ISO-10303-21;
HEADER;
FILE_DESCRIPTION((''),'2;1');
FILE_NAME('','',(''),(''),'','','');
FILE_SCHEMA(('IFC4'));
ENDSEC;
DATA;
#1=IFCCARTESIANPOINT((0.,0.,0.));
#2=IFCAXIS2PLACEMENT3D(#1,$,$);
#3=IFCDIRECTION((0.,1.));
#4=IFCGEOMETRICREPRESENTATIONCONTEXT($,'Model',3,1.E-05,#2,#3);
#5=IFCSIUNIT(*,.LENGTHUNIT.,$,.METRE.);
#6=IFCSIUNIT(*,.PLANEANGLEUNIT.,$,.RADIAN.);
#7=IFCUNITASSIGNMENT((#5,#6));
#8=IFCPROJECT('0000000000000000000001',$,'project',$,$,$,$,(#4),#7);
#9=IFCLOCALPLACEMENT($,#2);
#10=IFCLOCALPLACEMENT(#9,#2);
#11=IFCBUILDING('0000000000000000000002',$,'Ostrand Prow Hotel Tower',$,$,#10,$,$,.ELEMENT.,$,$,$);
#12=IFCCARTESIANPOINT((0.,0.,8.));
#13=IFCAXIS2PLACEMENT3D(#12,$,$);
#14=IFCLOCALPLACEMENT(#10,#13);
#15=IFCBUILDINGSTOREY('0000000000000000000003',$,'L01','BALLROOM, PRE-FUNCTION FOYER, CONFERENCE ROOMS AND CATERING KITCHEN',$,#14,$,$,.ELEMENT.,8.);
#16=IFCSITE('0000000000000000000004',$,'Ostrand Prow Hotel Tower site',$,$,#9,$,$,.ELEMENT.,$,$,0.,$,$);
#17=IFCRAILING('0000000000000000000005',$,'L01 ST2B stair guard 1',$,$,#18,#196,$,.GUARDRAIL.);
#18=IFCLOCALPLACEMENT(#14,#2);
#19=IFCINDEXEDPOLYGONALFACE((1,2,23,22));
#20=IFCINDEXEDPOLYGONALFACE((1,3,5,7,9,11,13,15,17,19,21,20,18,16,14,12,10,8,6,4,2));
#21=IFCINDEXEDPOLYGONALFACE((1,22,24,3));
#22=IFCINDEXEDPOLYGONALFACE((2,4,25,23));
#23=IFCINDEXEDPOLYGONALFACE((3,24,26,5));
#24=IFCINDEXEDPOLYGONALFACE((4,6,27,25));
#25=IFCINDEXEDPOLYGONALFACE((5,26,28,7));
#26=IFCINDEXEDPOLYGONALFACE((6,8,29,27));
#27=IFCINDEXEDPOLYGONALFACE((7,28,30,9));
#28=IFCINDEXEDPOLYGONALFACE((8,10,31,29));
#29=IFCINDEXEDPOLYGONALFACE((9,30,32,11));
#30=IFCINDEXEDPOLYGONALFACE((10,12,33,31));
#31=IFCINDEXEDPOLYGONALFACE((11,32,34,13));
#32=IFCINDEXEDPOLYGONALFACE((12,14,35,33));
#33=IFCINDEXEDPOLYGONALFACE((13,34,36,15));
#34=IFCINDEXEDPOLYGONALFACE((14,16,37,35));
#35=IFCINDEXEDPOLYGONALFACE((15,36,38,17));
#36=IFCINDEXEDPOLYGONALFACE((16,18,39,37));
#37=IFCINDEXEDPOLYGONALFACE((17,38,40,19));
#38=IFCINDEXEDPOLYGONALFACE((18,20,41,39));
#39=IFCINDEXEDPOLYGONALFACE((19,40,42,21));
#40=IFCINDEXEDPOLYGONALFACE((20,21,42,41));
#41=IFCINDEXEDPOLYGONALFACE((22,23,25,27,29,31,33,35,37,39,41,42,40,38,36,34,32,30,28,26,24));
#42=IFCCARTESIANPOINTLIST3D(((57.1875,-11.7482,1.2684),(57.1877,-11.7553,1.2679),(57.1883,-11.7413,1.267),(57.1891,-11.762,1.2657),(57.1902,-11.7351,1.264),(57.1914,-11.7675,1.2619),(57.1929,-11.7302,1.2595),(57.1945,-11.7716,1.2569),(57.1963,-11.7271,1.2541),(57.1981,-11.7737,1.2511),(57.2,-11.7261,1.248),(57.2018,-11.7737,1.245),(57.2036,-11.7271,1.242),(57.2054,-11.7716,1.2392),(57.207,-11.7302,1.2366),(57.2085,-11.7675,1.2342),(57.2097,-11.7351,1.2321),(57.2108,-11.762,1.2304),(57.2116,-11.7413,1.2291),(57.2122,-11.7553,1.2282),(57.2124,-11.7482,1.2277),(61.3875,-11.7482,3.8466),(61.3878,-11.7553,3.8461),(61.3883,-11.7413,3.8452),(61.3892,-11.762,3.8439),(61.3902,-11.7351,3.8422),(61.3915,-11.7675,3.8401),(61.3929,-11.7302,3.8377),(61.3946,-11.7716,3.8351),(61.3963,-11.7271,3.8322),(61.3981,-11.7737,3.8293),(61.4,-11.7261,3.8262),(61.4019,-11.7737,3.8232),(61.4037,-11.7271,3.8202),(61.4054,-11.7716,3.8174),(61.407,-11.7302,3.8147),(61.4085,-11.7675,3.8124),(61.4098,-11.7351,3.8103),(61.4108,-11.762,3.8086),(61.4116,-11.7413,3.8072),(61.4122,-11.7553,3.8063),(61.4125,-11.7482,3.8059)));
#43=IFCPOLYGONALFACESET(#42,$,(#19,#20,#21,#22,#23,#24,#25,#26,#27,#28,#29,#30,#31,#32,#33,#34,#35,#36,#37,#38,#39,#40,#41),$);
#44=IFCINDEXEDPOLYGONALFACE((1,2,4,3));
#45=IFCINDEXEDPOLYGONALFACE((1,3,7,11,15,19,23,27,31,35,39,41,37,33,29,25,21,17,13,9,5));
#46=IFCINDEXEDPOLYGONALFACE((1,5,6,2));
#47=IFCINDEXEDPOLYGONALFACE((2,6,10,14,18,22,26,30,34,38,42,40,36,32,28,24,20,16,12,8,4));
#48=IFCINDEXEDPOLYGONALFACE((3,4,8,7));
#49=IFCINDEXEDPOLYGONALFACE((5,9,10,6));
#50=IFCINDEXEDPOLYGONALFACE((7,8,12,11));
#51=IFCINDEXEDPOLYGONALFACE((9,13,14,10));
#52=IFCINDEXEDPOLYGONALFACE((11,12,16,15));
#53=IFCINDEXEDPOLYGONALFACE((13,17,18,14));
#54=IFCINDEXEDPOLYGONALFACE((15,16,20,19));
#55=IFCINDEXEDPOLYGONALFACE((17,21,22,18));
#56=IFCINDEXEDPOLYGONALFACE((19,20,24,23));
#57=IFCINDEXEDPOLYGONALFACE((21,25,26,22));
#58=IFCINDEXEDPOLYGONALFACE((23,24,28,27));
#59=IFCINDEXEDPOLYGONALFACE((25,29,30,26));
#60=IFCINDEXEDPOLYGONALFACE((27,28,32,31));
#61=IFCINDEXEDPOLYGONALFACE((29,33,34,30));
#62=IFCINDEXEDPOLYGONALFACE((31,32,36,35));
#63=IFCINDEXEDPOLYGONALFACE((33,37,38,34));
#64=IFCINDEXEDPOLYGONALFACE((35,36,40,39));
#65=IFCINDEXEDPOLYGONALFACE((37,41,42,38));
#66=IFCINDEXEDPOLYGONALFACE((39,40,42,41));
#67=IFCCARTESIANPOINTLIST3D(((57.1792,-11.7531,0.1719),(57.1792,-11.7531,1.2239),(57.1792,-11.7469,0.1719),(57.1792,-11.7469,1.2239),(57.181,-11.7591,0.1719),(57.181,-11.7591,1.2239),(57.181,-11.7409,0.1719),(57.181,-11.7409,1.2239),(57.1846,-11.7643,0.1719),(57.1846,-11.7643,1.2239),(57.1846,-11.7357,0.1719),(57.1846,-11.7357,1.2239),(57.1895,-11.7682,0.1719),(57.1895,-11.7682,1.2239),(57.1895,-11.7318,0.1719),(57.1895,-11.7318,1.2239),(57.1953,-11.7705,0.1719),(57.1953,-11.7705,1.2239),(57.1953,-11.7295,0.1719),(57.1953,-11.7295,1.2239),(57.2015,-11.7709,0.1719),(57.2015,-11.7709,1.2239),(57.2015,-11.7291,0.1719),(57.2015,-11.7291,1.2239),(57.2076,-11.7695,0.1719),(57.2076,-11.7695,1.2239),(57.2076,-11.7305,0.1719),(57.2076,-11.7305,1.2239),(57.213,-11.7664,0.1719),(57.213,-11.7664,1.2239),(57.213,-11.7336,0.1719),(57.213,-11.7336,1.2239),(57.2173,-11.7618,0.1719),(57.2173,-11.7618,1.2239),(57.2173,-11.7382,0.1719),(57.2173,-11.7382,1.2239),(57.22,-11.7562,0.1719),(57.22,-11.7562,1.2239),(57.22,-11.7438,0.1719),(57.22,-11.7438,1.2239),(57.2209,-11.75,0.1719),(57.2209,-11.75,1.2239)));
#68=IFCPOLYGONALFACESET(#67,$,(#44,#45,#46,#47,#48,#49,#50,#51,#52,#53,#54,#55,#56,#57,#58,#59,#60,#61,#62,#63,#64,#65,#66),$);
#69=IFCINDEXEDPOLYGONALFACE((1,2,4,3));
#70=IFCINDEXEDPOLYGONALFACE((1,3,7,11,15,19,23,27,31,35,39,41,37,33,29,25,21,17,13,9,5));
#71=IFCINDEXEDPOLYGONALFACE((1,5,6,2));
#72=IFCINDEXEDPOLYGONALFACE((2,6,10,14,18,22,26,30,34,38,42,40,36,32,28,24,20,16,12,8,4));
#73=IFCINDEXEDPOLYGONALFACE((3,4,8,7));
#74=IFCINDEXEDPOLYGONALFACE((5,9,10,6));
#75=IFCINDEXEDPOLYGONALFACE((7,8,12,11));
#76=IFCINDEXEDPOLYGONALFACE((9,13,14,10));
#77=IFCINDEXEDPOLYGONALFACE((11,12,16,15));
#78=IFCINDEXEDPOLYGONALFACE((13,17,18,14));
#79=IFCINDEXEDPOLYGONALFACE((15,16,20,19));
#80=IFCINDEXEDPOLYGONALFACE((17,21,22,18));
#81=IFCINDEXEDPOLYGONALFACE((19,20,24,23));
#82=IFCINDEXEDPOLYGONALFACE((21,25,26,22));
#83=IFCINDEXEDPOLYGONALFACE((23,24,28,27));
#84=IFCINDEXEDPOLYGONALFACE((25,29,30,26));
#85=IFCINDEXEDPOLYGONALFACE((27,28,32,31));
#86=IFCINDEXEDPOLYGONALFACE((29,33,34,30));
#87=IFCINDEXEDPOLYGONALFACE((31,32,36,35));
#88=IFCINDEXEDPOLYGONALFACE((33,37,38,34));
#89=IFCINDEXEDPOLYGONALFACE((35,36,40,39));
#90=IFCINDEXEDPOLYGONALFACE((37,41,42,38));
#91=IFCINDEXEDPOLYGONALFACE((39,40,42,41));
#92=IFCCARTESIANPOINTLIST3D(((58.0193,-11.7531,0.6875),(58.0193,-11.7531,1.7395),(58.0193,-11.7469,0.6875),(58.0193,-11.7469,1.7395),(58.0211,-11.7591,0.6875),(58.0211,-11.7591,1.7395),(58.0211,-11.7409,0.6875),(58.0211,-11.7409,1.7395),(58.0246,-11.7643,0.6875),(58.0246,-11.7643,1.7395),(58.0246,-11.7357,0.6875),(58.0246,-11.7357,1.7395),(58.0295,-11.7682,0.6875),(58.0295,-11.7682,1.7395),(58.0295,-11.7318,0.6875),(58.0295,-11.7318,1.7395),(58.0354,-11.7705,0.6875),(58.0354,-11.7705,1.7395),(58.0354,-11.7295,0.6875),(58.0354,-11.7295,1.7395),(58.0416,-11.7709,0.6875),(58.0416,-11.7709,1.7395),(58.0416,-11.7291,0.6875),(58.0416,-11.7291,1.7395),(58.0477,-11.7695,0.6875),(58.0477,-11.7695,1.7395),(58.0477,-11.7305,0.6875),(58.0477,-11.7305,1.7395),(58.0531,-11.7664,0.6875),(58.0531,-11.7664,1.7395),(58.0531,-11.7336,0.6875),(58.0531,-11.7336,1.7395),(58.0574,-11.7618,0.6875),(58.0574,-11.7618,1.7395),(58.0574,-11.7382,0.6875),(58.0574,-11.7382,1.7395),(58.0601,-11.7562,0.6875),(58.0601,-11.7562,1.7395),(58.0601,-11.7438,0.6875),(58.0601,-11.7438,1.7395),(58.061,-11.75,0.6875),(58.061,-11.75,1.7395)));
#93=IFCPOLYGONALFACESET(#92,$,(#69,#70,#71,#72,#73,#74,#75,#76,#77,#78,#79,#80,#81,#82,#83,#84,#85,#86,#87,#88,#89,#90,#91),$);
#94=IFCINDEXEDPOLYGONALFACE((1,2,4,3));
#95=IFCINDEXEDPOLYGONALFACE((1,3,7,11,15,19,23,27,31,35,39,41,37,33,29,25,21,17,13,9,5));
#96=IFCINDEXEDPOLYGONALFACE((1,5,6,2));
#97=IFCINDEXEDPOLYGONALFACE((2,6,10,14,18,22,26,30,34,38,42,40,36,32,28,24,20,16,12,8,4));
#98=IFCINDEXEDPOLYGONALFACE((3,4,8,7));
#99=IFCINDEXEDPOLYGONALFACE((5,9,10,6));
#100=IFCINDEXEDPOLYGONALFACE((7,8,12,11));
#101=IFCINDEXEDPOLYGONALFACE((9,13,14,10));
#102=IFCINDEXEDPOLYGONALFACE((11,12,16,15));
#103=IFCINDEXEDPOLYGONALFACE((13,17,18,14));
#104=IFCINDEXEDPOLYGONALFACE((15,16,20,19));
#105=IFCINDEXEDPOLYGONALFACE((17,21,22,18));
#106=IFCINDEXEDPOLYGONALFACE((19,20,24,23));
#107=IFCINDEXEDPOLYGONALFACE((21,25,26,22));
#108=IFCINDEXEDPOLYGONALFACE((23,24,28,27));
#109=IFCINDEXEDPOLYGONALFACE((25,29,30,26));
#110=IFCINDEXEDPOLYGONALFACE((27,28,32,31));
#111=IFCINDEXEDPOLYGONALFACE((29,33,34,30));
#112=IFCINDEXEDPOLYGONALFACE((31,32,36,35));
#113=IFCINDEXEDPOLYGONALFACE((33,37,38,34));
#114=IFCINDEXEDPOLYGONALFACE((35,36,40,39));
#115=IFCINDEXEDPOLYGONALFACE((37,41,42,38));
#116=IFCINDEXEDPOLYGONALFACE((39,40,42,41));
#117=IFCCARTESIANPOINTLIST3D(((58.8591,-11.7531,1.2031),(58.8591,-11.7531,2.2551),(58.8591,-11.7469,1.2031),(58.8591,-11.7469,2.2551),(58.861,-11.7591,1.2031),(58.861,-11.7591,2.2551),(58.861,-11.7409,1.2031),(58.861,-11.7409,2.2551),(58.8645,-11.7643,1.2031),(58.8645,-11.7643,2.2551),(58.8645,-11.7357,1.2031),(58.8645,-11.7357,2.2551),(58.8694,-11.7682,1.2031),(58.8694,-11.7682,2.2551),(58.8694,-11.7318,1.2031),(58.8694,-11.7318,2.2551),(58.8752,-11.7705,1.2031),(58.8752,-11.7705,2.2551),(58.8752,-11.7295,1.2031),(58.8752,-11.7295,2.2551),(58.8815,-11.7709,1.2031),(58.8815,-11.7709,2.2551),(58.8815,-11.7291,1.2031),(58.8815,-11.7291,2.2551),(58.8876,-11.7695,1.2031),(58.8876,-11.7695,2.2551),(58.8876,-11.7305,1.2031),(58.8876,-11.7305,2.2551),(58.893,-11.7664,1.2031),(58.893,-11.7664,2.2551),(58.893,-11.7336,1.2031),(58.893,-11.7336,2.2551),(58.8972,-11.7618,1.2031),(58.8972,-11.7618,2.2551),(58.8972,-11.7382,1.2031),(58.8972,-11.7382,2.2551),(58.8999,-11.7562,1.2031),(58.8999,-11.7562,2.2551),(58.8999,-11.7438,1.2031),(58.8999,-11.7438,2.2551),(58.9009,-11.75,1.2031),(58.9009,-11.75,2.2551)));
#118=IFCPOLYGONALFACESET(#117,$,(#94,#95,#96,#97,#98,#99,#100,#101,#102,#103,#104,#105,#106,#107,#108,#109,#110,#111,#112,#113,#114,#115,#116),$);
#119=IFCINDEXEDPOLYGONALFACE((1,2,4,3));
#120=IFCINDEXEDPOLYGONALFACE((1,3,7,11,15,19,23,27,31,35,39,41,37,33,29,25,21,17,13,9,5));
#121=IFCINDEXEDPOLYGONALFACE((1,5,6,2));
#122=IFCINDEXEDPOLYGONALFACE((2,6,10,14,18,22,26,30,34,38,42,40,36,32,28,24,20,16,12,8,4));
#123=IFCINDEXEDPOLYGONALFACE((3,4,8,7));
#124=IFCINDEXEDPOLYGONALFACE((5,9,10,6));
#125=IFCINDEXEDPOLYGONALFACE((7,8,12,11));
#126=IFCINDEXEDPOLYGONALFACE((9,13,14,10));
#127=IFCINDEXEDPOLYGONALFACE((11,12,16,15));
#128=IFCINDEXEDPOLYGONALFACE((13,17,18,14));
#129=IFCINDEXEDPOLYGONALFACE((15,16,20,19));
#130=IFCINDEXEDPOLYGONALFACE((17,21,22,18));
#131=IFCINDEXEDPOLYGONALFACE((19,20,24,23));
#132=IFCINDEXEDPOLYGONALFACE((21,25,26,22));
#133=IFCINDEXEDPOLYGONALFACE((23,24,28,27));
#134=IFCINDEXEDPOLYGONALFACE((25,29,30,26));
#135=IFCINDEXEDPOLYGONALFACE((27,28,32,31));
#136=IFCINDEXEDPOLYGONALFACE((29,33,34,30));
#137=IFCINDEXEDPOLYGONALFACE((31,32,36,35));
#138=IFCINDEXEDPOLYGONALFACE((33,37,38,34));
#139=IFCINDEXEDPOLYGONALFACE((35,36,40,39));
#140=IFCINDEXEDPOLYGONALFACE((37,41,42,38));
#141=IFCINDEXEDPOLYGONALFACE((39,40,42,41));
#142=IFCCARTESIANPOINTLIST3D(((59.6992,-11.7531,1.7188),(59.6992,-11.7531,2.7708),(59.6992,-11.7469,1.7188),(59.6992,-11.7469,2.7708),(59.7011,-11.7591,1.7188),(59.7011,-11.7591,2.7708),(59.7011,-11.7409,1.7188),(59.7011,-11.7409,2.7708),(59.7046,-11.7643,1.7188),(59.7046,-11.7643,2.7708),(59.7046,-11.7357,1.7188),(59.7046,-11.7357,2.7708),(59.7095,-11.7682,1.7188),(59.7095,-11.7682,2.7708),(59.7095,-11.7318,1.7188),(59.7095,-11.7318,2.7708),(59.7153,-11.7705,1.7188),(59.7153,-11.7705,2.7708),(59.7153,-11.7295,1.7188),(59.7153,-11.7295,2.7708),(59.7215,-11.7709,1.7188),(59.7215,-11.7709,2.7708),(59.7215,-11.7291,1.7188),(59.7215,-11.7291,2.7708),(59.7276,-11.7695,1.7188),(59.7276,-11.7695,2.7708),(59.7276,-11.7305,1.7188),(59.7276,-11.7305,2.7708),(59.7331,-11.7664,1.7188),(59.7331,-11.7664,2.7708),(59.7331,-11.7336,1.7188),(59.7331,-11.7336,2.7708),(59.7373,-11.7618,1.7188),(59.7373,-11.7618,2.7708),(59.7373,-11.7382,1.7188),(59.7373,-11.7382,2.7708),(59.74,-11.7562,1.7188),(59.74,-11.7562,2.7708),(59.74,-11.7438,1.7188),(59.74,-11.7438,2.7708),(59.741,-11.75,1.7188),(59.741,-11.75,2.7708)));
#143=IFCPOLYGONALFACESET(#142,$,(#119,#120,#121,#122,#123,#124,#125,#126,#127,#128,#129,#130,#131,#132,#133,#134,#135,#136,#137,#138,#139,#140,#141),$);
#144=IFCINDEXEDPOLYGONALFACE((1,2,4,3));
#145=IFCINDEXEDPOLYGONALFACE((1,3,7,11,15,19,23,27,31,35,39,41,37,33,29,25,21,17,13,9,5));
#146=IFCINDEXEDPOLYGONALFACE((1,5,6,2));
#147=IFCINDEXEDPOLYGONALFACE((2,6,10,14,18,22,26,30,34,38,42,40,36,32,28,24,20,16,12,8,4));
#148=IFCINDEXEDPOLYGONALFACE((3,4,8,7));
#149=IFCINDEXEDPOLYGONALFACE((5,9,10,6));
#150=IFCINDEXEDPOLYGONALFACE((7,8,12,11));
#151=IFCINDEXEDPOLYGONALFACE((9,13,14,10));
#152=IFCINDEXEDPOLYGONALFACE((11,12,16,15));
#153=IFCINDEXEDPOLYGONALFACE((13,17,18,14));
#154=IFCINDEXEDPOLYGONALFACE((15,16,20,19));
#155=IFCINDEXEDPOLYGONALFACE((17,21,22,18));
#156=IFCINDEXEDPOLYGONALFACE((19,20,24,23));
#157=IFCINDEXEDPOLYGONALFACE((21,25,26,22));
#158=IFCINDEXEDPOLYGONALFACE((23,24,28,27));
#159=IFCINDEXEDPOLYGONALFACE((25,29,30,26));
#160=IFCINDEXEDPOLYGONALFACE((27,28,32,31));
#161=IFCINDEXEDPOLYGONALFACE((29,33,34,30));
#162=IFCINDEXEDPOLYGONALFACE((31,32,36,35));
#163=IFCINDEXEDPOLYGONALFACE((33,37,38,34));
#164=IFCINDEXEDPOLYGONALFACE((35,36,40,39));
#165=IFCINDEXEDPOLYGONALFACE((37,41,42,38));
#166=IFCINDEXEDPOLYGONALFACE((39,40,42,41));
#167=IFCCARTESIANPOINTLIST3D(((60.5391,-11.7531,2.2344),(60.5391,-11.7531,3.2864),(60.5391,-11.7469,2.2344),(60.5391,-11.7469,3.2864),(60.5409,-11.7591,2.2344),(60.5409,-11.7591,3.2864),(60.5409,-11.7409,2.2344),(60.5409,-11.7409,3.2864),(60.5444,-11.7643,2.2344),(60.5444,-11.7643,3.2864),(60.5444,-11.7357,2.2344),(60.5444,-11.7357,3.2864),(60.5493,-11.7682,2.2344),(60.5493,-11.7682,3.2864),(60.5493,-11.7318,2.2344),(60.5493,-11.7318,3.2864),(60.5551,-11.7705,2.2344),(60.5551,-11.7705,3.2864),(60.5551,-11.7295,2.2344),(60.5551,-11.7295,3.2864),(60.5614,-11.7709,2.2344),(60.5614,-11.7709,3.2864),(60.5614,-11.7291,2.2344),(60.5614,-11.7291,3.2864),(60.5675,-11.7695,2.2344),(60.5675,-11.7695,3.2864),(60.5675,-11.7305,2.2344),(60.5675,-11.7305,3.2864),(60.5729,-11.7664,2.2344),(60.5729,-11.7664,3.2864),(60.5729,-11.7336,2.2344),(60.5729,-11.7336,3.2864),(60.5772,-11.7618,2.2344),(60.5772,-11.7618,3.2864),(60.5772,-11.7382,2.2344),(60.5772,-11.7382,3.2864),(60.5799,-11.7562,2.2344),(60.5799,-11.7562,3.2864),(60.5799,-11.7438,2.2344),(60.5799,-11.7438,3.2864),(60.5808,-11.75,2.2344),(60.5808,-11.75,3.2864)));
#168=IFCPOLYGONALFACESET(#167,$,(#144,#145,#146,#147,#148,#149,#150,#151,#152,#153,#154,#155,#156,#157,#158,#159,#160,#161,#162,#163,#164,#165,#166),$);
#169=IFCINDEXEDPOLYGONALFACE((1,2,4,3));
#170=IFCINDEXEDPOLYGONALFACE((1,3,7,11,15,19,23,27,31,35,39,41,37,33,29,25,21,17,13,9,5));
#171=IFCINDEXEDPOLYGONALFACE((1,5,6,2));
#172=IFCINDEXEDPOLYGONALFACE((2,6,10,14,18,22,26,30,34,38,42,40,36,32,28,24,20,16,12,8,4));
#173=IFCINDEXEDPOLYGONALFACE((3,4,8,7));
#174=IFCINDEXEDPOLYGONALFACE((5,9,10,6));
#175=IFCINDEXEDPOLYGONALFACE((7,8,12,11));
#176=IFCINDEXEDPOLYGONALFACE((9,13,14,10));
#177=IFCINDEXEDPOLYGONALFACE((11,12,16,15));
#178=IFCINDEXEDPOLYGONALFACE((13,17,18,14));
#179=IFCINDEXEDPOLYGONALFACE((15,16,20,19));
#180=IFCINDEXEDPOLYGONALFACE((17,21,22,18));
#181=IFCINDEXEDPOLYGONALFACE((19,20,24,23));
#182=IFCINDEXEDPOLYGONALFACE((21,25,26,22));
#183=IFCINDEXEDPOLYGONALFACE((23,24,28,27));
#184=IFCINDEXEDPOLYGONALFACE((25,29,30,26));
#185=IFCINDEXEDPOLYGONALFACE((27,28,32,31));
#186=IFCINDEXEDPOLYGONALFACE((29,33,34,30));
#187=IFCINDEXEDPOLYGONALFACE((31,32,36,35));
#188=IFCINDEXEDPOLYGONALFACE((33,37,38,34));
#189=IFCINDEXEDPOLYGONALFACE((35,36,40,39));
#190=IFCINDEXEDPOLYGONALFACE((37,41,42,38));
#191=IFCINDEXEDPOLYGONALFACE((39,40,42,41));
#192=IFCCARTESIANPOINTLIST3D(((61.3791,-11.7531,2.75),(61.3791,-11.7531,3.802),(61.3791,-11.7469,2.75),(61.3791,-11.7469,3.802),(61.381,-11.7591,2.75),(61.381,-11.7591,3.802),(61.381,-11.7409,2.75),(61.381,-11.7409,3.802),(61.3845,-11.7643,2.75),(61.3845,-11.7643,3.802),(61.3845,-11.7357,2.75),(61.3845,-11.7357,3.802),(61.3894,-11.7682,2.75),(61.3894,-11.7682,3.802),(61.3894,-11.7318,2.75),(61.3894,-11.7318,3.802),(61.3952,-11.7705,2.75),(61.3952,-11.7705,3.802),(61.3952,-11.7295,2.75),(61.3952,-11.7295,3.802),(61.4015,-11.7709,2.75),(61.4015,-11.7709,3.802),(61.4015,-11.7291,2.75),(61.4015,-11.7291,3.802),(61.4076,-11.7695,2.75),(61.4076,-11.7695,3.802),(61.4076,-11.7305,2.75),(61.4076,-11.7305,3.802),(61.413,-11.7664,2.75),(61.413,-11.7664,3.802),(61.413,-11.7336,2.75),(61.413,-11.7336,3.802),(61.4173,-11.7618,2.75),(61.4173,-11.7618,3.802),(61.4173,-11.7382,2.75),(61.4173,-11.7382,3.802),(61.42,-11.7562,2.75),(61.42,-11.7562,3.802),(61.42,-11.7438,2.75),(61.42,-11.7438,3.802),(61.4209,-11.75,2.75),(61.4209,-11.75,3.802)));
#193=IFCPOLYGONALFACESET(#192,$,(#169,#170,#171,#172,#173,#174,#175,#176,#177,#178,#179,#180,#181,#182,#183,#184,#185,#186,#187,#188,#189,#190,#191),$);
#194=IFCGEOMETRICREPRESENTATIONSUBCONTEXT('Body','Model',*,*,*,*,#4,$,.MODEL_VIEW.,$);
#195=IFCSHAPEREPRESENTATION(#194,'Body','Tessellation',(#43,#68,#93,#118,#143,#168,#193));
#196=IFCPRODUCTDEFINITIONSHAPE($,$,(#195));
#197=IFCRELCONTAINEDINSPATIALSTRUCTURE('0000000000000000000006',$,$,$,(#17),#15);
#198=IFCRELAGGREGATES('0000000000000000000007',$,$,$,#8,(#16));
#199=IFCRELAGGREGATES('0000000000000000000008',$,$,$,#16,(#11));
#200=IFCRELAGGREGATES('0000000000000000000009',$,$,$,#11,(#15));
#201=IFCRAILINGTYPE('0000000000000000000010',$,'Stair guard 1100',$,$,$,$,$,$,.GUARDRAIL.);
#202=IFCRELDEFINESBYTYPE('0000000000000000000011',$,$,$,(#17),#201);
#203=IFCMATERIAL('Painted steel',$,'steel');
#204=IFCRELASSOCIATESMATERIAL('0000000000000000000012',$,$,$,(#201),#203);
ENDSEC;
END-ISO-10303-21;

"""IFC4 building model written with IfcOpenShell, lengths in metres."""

from ifc_helpers import new_model, si_unit, direction, frame, origin, origin_2d, place, context, subcontext, project, spatial, circle, extrude, material, type_object, element, save


model = new_model("IFC4")

# Units and contexts
model_context = context("Model", 3, precision=1e-05, world=origin(), true_north=direction((0.0, 1.0)))
body_context = subcontext(model_context, "Body", "Model", "MODEL_VIEW")
ifc_project = project(units=[si_unit("LENGTHUNIT", "METRE"), si_unit("PLANEANGLEUNIT", "RADIAN")], contexts=[model_context])

# Site, building, storey
site_placement = place(None, origin())
site = spatial("IfcSite", under=ifc_project, at=site_placement, Name="Ostrand Prow Hotel Tower site", CompositionType="ELEMENT", RefElevation=0.0)
building_placement = place(site_placement, origin())
building = spatial("IfcBuilding", under=site, at=building_placement, Name="Ostrand Prow Hotel Tower", CompositionType="ELEMENT")
storey_placement = place(building_placement, frame((0.0, 0.0, 8.0)))
storey = spatial("IfcBuildingStorey", under=building, at=storey_placement, Name="L01", Description="BALLROOM, PRE-FUNCTION FOYER, CONFERENCE ROOMS AND CATERING KITCHEN", CompositionType="ELEMENT", Elevation=8.0)

# Railing
ifc_material_1 = material(Name="Painted steel", Category="steel")
railing_type_1 = type_object("IfcRailingType", Name="Stair guard 1100", PredefinedType="GUARDRAIL", material=ifc_material_1)
railing_1_placement = place(storey_placement, frame((57.2, -11.75, 0.1719)))
element("IfcRailing", 1, at=railing_1_placement, inside=storey, type_object=railing_type_1, Name="L01 ST2B stair guard 1", PredefinedType="GUARDRAIL", context=body_context, shape_type="SweptSolid", body=[
    extrude(circle(Radius=0.0239, at=origin_2d()), frame((0.0, 0.0, 1.0762), z_axis=(0.852243, 0.0, 0.523146), x_axis=(0.0, 1.0, 0.0)), (0.0, 0.0, 1.0), 4.9282),
    extrude(circle(Radius=0.021, at=origin_2d()), origin(), (0.0, 0.0, 1.0), 1.052),
    extrude(circle(Radius=0.021, at=origin_2d()), frame((0.8401, 0.0, 0.5156)), (0.0, 0.0, 1.0), 1.052),
    extrude(circle(Radius=0.021, at=origin_2d()), frame((1.6799, 0.0, 1.0312)), (0.0, 0.0, 1.0), 1.052),
    extrude(circle(Radius=0.021, at=origin_2d()), frame((2.52, 0.0, 1.5469)), (0.0, 0.0, 1.0), 1.052),
    extrude(circle(Radius=0.021, at=origin_2d()), frame((3.3599, 0.0, 2.0625)), (0.0, 0.0, 1.0), 1.052),
    extrude(circle(Radius=0.021, at=origin_2d()), frame((4.2, 0.0, 2.5781)), (0.0, 0.0, 1.0), 1.052),
])

save(model, "model.ifc")
